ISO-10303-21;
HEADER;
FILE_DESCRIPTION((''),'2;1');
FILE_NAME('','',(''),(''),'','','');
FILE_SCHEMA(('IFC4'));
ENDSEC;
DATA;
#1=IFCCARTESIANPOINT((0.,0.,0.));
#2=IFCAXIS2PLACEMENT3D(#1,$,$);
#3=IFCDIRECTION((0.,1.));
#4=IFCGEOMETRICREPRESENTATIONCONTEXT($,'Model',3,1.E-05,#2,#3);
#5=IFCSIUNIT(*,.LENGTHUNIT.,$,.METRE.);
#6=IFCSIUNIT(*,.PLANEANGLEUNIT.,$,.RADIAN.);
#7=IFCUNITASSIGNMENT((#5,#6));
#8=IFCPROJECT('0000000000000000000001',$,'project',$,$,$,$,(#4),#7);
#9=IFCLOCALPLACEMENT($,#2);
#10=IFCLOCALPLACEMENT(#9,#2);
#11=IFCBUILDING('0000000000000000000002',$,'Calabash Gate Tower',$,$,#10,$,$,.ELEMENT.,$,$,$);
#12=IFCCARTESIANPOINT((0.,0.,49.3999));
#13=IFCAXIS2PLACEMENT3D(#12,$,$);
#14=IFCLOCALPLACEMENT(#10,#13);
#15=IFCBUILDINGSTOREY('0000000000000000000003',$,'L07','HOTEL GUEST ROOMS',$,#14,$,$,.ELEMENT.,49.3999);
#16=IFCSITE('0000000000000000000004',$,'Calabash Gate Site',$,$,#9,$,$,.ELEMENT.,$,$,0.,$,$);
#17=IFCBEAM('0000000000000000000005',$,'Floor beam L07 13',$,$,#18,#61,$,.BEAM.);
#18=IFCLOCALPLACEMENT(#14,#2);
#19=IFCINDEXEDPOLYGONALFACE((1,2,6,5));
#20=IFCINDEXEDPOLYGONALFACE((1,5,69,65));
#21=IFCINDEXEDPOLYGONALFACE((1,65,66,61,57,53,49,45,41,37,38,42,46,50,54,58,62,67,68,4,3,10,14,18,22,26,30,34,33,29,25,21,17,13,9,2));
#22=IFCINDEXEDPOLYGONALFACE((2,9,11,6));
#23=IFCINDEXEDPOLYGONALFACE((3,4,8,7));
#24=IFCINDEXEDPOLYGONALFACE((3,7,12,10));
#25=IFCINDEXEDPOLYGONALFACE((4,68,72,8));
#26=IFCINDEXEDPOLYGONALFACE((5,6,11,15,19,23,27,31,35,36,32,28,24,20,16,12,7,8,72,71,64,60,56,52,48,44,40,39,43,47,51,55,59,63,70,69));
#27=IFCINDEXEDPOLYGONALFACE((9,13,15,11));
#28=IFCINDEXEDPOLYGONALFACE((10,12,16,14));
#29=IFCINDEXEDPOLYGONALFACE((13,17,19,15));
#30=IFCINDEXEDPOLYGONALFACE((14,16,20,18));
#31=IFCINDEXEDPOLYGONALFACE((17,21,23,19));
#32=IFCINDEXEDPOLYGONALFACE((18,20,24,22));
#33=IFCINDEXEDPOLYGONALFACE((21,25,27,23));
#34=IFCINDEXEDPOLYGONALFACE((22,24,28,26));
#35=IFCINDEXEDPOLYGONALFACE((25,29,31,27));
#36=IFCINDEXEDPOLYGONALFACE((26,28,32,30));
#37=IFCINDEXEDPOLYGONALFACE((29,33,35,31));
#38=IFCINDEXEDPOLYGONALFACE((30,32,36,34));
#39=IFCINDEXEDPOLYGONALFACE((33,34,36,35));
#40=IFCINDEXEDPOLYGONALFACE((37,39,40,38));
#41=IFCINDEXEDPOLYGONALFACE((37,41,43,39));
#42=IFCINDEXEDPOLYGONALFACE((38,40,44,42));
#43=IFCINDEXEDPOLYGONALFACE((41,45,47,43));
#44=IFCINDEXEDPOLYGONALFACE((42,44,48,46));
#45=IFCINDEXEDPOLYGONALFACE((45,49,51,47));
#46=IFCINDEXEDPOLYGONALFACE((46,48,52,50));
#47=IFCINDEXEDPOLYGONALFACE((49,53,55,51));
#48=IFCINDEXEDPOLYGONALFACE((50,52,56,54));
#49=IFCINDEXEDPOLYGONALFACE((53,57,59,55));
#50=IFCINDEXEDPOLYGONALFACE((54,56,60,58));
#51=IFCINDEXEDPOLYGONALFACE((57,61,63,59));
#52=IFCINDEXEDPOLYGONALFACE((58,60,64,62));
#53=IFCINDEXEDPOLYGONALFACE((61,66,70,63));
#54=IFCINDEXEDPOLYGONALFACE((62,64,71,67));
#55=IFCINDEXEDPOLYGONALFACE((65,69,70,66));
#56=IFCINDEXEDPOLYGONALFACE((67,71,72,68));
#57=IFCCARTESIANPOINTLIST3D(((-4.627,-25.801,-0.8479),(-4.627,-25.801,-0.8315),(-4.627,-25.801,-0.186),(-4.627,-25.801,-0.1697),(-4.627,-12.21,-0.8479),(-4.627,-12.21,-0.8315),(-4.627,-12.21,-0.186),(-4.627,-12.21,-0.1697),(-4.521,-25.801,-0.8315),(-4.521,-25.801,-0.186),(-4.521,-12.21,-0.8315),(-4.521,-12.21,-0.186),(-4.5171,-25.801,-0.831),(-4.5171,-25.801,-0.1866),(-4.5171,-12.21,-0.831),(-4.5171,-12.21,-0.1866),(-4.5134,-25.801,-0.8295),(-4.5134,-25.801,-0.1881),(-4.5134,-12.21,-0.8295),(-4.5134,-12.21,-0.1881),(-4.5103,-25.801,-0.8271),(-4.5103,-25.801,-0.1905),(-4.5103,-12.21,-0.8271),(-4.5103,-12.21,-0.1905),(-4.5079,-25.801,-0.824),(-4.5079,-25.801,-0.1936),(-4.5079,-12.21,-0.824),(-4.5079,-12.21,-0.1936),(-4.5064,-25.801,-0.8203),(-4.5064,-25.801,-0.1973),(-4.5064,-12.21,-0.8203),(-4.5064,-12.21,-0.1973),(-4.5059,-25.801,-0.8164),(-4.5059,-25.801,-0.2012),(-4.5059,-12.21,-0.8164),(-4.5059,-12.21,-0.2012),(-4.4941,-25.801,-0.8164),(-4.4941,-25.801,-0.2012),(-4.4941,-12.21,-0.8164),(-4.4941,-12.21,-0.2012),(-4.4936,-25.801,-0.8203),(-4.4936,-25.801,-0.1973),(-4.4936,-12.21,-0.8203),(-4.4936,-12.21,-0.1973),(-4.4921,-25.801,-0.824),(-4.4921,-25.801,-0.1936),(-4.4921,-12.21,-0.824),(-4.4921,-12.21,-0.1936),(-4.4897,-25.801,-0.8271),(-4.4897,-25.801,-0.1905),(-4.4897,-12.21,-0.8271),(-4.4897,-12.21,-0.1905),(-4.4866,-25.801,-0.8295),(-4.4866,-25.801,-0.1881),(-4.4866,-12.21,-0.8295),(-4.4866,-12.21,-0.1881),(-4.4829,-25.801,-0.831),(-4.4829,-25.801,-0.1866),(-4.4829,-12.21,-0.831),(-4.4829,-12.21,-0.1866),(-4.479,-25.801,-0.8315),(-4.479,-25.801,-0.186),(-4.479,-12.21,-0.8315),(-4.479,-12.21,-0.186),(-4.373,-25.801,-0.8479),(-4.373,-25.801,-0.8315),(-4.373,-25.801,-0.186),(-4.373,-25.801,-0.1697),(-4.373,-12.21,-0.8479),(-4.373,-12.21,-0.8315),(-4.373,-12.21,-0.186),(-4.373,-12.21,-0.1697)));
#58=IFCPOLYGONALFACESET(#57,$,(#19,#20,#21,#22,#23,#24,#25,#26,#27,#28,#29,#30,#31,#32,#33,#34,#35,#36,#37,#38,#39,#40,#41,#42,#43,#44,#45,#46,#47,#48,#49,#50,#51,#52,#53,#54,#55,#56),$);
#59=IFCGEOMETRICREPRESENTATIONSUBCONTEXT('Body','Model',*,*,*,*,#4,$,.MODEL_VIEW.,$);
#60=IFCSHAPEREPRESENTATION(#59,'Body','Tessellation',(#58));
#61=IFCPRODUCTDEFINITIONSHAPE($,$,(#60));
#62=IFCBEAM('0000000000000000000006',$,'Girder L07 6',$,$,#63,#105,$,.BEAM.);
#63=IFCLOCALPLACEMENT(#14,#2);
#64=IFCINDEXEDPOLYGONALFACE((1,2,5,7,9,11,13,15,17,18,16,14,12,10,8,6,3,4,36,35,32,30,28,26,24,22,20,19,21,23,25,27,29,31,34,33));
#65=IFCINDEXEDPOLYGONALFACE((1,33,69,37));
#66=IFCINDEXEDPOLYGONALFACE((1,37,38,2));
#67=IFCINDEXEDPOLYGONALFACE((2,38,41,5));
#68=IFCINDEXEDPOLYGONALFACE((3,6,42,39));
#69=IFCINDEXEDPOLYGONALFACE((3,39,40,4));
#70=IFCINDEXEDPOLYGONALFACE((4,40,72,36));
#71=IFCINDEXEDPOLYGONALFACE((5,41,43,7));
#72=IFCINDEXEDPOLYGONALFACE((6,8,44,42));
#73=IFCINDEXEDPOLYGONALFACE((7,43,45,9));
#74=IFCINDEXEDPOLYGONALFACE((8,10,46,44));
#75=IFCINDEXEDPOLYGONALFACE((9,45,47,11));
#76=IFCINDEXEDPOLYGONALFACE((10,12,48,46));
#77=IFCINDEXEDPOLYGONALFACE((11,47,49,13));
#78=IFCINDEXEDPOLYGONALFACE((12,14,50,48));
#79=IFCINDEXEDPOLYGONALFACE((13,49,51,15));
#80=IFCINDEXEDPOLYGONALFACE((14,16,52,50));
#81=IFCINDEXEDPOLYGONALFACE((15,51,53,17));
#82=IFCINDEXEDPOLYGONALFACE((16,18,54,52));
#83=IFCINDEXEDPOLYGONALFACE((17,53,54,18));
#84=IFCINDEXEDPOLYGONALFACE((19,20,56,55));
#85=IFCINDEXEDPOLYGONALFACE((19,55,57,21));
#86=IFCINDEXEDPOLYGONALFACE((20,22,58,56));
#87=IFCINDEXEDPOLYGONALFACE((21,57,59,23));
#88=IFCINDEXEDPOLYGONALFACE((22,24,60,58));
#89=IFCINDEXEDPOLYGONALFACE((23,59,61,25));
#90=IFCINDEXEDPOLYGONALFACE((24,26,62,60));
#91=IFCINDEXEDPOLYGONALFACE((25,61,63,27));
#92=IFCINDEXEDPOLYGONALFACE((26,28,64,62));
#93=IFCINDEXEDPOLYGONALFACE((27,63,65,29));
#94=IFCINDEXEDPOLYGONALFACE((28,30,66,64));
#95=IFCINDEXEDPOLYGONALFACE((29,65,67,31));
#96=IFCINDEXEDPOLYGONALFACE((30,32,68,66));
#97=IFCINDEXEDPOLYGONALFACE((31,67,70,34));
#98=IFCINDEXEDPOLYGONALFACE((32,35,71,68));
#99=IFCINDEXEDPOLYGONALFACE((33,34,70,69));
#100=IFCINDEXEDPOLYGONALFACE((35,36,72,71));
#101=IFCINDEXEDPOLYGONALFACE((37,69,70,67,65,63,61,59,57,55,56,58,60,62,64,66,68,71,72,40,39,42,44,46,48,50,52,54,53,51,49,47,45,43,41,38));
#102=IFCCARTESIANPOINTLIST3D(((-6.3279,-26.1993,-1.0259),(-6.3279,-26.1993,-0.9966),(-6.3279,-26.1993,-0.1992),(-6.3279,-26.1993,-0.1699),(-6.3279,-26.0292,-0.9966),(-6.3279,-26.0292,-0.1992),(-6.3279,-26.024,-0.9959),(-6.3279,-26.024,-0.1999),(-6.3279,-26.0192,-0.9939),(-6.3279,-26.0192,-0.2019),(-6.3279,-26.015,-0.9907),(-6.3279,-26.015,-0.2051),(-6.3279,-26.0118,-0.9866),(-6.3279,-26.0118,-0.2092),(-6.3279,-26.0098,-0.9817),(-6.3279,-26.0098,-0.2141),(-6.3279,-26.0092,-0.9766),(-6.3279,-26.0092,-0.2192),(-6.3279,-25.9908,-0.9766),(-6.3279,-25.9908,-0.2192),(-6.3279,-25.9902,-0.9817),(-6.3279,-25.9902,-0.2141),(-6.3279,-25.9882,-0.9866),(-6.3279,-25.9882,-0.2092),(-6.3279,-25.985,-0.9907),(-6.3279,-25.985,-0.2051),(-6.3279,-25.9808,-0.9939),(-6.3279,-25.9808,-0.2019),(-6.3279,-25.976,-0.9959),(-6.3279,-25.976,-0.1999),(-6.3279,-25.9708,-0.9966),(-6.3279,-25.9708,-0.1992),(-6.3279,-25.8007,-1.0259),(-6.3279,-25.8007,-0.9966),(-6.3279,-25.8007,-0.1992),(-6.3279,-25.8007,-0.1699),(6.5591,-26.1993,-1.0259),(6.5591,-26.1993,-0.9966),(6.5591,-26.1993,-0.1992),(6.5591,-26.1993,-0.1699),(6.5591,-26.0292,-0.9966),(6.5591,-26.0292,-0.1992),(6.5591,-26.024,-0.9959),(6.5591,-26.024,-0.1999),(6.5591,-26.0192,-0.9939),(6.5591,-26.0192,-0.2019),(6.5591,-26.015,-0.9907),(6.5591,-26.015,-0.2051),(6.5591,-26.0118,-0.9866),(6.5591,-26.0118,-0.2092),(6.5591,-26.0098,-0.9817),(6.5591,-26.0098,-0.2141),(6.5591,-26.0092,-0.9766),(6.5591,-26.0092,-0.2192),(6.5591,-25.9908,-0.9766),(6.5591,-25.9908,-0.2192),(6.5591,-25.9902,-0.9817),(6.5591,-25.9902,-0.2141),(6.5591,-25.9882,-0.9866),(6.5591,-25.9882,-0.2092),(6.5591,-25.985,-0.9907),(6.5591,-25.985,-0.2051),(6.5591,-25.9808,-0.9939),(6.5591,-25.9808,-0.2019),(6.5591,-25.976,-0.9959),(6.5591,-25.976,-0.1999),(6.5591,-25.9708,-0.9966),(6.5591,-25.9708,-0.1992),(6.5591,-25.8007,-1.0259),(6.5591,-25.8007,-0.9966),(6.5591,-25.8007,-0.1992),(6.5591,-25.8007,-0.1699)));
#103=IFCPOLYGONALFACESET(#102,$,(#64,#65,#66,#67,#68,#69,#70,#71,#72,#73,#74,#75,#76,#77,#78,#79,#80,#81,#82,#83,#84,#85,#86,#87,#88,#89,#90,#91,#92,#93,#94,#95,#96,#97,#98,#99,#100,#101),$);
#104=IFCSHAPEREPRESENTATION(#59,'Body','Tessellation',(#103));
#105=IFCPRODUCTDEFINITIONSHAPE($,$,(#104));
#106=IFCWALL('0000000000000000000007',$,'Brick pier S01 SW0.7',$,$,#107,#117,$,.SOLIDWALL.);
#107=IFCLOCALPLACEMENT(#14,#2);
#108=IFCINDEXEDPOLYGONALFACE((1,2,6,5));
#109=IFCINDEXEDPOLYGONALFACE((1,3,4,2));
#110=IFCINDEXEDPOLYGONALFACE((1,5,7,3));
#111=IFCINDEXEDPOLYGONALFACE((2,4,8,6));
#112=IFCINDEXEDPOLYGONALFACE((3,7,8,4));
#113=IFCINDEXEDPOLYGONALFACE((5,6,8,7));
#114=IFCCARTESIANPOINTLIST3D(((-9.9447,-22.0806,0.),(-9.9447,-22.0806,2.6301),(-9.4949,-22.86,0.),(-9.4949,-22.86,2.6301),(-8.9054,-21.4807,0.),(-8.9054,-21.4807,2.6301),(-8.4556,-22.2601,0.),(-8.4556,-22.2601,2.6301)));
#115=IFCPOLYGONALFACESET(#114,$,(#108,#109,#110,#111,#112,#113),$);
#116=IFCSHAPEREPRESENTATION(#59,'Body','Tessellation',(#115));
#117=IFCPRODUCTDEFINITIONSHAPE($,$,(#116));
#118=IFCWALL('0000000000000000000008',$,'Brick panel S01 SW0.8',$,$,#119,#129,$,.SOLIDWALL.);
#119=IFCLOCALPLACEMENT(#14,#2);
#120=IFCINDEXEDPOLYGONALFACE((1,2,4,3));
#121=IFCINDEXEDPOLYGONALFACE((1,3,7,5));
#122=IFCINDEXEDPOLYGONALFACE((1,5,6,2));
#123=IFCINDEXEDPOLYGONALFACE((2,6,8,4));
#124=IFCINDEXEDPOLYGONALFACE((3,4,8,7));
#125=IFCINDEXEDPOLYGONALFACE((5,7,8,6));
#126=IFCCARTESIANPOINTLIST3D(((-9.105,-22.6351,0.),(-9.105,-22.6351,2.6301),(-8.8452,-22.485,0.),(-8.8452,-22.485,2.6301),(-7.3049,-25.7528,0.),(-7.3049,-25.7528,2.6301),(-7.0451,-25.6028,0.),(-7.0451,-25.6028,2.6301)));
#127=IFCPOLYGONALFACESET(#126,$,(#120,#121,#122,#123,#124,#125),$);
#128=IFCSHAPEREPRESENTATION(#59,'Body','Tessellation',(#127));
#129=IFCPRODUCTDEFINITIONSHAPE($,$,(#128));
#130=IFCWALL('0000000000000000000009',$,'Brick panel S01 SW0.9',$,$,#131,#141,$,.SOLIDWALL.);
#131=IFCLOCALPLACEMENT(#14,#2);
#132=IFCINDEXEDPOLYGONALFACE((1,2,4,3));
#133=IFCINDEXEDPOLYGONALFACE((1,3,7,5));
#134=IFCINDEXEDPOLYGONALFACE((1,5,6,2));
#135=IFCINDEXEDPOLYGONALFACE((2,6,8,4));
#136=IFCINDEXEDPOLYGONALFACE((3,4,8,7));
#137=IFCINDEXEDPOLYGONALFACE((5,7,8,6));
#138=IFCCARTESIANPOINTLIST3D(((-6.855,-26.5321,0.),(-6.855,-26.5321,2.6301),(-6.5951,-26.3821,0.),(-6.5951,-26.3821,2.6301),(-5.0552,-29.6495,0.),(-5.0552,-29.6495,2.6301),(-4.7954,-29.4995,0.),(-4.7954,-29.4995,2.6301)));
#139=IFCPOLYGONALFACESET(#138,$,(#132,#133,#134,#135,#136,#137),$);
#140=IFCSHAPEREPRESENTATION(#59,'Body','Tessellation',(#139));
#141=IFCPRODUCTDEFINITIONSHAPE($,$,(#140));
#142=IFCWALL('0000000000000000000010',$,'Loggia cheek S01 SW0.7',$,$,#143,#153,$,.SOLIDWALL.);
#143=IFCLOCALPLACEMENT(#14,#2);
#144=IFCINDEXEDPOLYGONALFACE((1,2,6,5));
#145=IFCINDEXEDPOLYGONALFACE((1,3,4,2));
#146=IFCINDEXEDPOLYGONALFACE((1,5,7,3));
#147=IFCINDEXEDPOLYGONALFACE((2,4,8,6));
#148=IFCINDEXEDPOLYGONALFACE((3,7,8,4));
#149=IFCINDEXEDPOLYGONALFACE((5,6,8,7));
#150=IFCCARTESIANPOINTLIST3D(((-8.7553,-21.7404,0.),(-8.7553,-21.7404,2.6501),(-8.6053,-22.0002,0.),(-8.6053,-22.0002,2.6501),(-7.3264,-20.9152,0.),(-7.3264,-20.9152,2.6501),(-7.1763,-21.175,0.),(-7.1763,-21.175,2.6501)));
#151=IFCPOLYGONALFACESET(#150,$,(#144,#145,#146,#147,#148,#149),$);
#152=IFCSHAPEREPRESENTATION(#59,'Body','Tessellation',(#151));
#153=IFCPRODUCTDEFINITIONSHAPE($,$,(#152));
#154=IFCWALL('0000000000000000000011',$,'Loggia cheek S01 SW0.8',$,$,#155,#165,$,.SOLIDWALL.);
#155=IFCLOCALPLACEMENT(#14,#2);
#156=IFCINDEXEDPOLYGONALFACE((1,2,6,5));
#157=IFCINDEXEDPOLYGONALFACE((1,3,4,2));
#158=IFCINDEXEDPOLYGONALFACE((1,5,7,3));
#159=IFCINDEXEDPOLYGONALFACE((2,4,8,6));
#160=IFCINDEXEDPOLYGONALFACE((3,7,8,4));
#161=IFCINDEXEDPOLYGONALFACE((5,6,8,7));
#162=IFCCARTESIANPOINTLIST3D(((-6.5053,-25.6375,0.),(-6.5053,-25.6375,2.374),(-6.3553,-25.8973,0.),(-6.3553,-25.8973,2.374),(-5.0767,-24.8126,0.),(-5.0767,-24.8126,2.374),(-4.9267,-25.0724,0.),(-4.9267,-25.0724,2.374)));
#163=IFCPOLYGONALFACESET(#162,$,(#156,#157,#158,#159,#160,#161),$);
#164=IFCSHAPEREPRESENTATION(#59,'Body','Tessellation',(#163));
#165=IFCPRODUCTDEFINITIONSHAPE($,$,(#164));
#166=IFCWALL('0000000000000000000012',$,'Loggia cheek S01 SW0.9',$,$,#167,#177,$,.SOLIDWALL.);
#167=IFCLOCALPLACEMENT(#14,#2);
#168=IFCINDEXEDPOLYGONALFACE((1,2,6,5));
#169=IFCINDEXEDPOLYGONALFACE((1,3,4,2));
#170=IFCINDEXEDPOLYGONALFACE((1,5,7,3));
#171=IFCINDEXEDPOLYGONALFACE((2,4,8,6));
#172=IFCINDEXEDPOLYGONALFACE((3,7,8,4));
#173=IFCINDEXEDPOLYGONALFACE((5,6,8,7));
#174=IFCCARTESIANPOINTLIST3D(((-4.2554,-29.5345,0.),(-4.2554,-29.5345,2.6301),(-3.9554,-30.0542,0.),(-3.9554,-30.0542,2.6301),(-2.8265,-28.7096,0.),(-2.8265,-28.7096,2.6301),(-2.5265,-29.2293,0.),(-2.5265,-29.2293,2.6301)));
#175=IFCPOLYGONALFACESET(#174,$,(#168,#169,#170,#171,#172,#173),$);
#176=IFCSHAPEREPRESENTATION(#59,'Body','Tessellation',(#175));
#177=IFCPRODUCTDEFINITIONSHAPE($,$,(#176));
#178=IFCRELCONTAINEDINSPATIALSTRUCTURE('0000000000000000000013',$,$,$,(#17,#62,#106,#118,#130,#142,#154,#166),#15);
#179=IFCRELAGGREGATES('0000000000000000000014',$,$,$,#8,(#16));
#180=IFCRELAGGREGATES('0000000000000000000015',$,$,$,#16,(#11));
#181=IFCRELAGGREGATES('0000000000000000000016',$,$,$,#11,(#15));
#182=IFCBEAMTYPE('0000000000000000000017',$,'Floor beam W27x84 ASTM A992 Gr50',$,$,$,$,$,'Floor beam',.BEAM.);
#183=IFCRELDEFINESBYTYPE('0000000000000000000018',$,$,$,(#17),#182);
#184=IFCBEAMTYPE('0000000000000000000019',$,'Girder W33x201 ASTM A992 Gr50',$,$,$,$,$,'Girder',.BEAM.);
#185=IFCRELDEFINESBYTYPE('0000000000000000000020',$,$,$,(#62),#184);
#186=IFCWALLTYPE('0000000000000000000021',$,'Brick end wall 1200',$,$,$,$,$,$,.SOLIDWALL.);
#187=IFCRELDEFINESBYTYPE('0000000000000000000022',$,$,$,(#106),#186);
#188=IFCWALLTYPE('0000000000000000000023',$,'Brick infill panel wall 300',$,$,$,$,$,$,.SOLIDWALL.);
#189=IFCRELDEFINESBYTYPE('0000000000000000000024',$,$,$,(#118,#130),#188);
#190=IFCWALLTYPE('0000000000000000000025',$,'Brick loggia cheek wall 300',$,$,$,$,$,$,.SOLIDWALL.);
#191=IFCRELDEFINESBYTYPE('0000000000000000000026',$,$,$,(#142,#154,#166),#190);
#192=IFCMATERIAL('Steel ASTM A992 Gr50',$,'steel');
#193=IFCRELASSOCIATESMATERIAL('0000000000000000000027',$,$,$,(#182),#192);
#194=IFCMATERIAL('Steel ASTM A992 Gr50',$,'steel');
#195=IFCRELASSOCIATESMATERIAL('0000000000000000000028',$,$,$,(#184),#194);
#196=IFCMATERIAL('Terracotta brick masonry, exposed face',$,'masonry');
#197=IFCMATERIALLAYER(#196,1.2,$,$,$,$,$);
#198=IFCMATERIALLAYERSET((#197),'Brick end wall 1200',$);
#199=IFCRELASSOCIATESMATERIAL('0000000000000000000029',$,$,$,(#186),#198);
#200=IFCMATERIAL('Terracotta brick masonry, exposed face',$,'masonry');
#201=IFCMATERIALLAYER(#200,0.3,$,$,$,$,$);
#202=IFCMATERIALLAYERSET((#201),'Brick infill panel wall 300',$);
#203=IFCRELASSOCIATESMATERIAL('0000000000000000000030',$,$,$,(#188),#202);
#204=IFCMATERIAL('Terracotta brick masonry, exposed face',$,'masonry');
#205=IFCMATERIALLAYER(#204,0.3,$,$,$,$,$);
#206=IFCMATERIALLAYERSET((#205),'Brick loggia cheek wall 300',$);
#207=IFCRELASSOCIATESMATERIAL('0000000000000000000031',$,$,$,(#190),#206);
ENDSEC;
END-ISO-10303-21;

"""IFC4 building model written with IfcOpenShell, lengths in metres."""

from ifc_helpers import new_model, si_unit, direction, frame, frame_2d, origin, origin_2d, place, context, subcontext, project, spatial, rectangle, i_section, extrude, material, layer, layer_set, material_profile, profile_set, type_object, element, save


model = new_model("IFC4")

# Units and contexts
model_context = context("Model", 3, precision=1e-05, world=origin(), true_north=direction((0.0, 1.0)))
body_context = subcontext(model_context, "Body", "Model", "MODEL_VIEW")
ifc_project = project(units=[si_unit("LENGTHUNIT", "METRE"), si_unit("PLANEANGLEUNIT", "RADIAN")], contexts=[model_context])

# Site, building, storey
site_placement = place(None, origin())
site = spatial("IfcSite", under=ifc_project, at=site_placement, Name="Calabash Gate Site", CompositionType="ELEMENT", RefElevation=0.0)
building_placement = place(site_placement, origin())
building = spatial("IfcBuilding", under=site, at=building_placement, Name="Calabash Gate Tower", CompositionType="ELEMENT")
storey_placement = place(building_placement, frame((0.0, 0.0, 49.3999)))
storey = spatial("IfcBuildingStorey", under=building, at=storey_placement, Name="L07", Description="HOTEL GUEST ROOMS", CompositionType="ELEMENT", Elevation=49.3999)

# Beams
ifc_material_1 = material(Name="Steel ASTM A992 Gr50", Category="steel")
ifc_material_profile_1 = material_profile(ifc_material_1, i_section(OverallWidth=0.2539, OverallDepth=0.6782, WebThickness=0.0117, FlangeThickness=0.0164, FilletRadius=0.0151, at=origin_2d()))
ifc_profile_set_1 = profile_set([ifc_material_profile_1], Name="Steel ASTM A992 Gr50")
beam_type_1 = type_object("IfcBeamType", Name="Floor beam W27x84 ASTM A992 Gr50", ElementType="Floor beam", PredefinedType="BEAM", material=ifc_profile_set_1)
beam_1_placement = place(storey_placement, frame((-4.5, -25.801, -0.5088), z_axis=(0.0, 1.0, 0.0), x_axis=(-1.0, 0.0, 0.0)))
element("IfcBeam", 1, at=beam_1_placement, inside=storey, type_object=beam_type_1, Name="Floor beam L07 13", PredefinedType="BEAM", context=body_context, shape_type="SweptSolid", body=[
    extrude(i_section(OverallWidth=0.2539, OverallDepth=0.6782, WebThickness=0.0117, FlangeThickness=0.0164, FilletRadius=0.0151, at=origin_2d()), origin(), (0.0, 0.0, 1.0), 13.5911),
])
ifc_material_2 = material(Name="Steel ASTM A992 Gr50", Category="steel")
ifc_material_profile_2 = material_profile(ifc_material_2, i_section(OverallWidth=0.3987, OverallDepth=0.856, WebThickness=0.0183, FlangeThickness=0.0293, FilletRadius=0.02, at=origin_2d()))
ifc_profile_set_2 = profile_set([ifc_material_profile_2], Name="Steel ASTM A992 Gr50")
beam_type_2 = type_object("IfcBeamType", Name="Girder W33x201 ASTM A992 Gr50", ElementType="Girder", PredefinedType="BEAM", material=ifc_profile_set_2)
beam_2_placement = place(storey_placement, frame((-6.3279, -26.0, -0.5979), z_axis=(1.0, 0.0, 0.0), x_axis=(0.0, 1.0, 0.0)))
element("IfcBeam", 2, at=beam_2_placement, inside=storey, type_object=beam_type_2, Name="Girder L07 6", PredefinedType="BEAM", context=body_context, shape_type="SweptSolid", body=[
    extrude(i_section(OverallWidth=0.3987, OverallDepth=0.856, WebThickness=0.0183, FlangeThickness=0.0293, FilletRadius=0.02, at=origin_2d()), origin(), (0.0, 0.0, 1.0), 12.887),
])

# Walls
ifc_material_3 = material(Name="Terracotta brick masonry, exposed face", Category="masonry")
ifc_layer_1 = layer(ifc_material_3, 1.2)
ifc_layer_set_1 = layer_set([ifc_layer_1], Name="Brick end wall 1200")
wall_type_1 = type_object("IfcWallType", Name="Brick end wall 1200", PredefinedType="SOLIDWALL", material=ifc_layer_set_1)
wall_1_placement = place(storey_placement, frame((-8.6804, -21.8704, 0.0), z_axis=(0.0, 0.0, 1.0), x_axis=(-0.866094, -0.499881, 0.0)))
element("IfcWall", 3, at=wall_1_placement, inside=storey, type_object=wall_type_1, Name="Brick pier S01 SW0.7", PredefinedType="SOLIDWALL", context=body_context, shape_type="SweptSolid", body=[
    extrude(rectangle(XDim=1.2, YDim=0.8999, at=frame_2d((0.6001, 0.0))), origin(), (0.0, 0.0, 1.0), 2.6301),
])
ifc_material_4 = material(Name="Terracotta brick masonry, exposed face", Category="masonry")
ifc_layer_2 = layer(ifc_material_4, 0.3)
ifc_layer_set_2 = layer_set([ifc_layer_2], Name="Brick infill panel wall 300")
wall_type_2 = type_object("IfcWallType", Name="Brick infill panel wall 300", PredefinedType="SOLIDWALL", material=ifc_layer_set_2)
wall_2_placement = place(storey_placement, frame((-8.9751, -22.5601, 0.0), z_axis=(0.0, 0.0, 1.0), x_axis=(0.500012, -0.866018, 0.0)))
element("IfcWall", 4, at=wall_2_placement, inside=storey, type_object=wall_type_2, Name="Brick panel S01 SW0.8", PredefinedType="SOLIDWALL", context=body_context, shape_type="SweptSolid", body=[
    extrude(rectangle(XDim=3.6001, YDim=0.3, at=frame_2d((1.8, 0.0))), origin(), (0.0, 0.0, 1.0), 2.6301),
])
wall_3_placement = place(storey_placement, frame((-4.9253, -29.5745, 0.0), z_axis=(0.0, 0.0, 1.0), x_axis=(-0.499991, 0.866031, 0.0)))
element("IfcWall", 5, at=wall_3_placement, inside=storey, type_object=wall_type_2, Name="Brick panel S01 SW0.9", PredefinedType="SOLIDWALL", context=body_context, shape_type="SweptSolid", body=[
    extrude(rectangle(XDim=3.5996, YDim=0.3, at=frame_2d((1.7998, 0.0))), origin(), (0.0, 0.0, 1.0), 2.6301),
])
ifc_material_5 = material(Name="Terracotta brick masonry, exposed face", Category="masonry")
ifc_layer_3 = layer(ifc_material_5, 0.3)
ifc_layer_set_3 = layer_set([ifc_layer_3], Name="Brick loggia cheek wall 300")
wall_type_3 = type_object("IfcWallType", Name="Brick loggia cheek wall 300", PredefinedType="SOLIDWALL", material=ifc_layer_set_3)
wall_4_placement = place(storey_placement, frame((-8.6804, -21.8704, 0.0), z_axis=(0.0, 0.0, 1.0), x_axis=(0.865976, 0.500085, 0.0)))
element("IfcWall", 6, at=wall_4_placement, inside=storey, type_object=wall_type_3, Name="Loggia cheek S01 SW0.7", PredefinedType="SOLIDWALL", context=body_context, shape_type="SweptSolid", body=[
    extrude(rectangle(XDim=1.6501, YDim=0.3, at=frame_2d((0.8252, 0.0))), origin(), (0.0, 0.0, 1.0), 2.6501),
])
wall_5_placement = place(storey_placement, frame((-6.4302, -25.7673, 0.0), z_axis=(0.0, 0.0, 1.0), x_axis=(0.866003, 0.500038, 0.0)))
element("IfcWall", 7, at=wall_5_placement, inside=storey, type_object=wall_type_3, Name="Loggia cheek S01 SW0.8", PredefinedType="SOLIDWALL", context=body_context, shape_type="SweptSolid", body=[
    extrude(rectangle(XDim=1.6497, YDim=0.3, at=frame_2d((0.8247, 0.0))), origin(), (0.0, 0.0, 1.0), 2.374),
])
wall_6_placement = place(storey_placement, frame((-2.6765, -28.9695, 0.0), z_axis=(0.0, 0.0, 1.0), x_axis=(-0.86604, -0.499974, 0.0)))
element("IfcWall", 8, at=wall_6_placement, inside=storey, type_object=wall_type_3, Name="Loggia cheek S01 SW0.9", PredefinedType="SOLIDWALL", context=body_context, shape_type="SweptSolid", body=[
    extrude(rectangle(XDim=1.6499, YDim=0.6001, at=frame_2d((0.825, 0.0))), origin(), (0.0, 0.0, 1.0), 2.6301),
])

save(model, "model.ifc")
